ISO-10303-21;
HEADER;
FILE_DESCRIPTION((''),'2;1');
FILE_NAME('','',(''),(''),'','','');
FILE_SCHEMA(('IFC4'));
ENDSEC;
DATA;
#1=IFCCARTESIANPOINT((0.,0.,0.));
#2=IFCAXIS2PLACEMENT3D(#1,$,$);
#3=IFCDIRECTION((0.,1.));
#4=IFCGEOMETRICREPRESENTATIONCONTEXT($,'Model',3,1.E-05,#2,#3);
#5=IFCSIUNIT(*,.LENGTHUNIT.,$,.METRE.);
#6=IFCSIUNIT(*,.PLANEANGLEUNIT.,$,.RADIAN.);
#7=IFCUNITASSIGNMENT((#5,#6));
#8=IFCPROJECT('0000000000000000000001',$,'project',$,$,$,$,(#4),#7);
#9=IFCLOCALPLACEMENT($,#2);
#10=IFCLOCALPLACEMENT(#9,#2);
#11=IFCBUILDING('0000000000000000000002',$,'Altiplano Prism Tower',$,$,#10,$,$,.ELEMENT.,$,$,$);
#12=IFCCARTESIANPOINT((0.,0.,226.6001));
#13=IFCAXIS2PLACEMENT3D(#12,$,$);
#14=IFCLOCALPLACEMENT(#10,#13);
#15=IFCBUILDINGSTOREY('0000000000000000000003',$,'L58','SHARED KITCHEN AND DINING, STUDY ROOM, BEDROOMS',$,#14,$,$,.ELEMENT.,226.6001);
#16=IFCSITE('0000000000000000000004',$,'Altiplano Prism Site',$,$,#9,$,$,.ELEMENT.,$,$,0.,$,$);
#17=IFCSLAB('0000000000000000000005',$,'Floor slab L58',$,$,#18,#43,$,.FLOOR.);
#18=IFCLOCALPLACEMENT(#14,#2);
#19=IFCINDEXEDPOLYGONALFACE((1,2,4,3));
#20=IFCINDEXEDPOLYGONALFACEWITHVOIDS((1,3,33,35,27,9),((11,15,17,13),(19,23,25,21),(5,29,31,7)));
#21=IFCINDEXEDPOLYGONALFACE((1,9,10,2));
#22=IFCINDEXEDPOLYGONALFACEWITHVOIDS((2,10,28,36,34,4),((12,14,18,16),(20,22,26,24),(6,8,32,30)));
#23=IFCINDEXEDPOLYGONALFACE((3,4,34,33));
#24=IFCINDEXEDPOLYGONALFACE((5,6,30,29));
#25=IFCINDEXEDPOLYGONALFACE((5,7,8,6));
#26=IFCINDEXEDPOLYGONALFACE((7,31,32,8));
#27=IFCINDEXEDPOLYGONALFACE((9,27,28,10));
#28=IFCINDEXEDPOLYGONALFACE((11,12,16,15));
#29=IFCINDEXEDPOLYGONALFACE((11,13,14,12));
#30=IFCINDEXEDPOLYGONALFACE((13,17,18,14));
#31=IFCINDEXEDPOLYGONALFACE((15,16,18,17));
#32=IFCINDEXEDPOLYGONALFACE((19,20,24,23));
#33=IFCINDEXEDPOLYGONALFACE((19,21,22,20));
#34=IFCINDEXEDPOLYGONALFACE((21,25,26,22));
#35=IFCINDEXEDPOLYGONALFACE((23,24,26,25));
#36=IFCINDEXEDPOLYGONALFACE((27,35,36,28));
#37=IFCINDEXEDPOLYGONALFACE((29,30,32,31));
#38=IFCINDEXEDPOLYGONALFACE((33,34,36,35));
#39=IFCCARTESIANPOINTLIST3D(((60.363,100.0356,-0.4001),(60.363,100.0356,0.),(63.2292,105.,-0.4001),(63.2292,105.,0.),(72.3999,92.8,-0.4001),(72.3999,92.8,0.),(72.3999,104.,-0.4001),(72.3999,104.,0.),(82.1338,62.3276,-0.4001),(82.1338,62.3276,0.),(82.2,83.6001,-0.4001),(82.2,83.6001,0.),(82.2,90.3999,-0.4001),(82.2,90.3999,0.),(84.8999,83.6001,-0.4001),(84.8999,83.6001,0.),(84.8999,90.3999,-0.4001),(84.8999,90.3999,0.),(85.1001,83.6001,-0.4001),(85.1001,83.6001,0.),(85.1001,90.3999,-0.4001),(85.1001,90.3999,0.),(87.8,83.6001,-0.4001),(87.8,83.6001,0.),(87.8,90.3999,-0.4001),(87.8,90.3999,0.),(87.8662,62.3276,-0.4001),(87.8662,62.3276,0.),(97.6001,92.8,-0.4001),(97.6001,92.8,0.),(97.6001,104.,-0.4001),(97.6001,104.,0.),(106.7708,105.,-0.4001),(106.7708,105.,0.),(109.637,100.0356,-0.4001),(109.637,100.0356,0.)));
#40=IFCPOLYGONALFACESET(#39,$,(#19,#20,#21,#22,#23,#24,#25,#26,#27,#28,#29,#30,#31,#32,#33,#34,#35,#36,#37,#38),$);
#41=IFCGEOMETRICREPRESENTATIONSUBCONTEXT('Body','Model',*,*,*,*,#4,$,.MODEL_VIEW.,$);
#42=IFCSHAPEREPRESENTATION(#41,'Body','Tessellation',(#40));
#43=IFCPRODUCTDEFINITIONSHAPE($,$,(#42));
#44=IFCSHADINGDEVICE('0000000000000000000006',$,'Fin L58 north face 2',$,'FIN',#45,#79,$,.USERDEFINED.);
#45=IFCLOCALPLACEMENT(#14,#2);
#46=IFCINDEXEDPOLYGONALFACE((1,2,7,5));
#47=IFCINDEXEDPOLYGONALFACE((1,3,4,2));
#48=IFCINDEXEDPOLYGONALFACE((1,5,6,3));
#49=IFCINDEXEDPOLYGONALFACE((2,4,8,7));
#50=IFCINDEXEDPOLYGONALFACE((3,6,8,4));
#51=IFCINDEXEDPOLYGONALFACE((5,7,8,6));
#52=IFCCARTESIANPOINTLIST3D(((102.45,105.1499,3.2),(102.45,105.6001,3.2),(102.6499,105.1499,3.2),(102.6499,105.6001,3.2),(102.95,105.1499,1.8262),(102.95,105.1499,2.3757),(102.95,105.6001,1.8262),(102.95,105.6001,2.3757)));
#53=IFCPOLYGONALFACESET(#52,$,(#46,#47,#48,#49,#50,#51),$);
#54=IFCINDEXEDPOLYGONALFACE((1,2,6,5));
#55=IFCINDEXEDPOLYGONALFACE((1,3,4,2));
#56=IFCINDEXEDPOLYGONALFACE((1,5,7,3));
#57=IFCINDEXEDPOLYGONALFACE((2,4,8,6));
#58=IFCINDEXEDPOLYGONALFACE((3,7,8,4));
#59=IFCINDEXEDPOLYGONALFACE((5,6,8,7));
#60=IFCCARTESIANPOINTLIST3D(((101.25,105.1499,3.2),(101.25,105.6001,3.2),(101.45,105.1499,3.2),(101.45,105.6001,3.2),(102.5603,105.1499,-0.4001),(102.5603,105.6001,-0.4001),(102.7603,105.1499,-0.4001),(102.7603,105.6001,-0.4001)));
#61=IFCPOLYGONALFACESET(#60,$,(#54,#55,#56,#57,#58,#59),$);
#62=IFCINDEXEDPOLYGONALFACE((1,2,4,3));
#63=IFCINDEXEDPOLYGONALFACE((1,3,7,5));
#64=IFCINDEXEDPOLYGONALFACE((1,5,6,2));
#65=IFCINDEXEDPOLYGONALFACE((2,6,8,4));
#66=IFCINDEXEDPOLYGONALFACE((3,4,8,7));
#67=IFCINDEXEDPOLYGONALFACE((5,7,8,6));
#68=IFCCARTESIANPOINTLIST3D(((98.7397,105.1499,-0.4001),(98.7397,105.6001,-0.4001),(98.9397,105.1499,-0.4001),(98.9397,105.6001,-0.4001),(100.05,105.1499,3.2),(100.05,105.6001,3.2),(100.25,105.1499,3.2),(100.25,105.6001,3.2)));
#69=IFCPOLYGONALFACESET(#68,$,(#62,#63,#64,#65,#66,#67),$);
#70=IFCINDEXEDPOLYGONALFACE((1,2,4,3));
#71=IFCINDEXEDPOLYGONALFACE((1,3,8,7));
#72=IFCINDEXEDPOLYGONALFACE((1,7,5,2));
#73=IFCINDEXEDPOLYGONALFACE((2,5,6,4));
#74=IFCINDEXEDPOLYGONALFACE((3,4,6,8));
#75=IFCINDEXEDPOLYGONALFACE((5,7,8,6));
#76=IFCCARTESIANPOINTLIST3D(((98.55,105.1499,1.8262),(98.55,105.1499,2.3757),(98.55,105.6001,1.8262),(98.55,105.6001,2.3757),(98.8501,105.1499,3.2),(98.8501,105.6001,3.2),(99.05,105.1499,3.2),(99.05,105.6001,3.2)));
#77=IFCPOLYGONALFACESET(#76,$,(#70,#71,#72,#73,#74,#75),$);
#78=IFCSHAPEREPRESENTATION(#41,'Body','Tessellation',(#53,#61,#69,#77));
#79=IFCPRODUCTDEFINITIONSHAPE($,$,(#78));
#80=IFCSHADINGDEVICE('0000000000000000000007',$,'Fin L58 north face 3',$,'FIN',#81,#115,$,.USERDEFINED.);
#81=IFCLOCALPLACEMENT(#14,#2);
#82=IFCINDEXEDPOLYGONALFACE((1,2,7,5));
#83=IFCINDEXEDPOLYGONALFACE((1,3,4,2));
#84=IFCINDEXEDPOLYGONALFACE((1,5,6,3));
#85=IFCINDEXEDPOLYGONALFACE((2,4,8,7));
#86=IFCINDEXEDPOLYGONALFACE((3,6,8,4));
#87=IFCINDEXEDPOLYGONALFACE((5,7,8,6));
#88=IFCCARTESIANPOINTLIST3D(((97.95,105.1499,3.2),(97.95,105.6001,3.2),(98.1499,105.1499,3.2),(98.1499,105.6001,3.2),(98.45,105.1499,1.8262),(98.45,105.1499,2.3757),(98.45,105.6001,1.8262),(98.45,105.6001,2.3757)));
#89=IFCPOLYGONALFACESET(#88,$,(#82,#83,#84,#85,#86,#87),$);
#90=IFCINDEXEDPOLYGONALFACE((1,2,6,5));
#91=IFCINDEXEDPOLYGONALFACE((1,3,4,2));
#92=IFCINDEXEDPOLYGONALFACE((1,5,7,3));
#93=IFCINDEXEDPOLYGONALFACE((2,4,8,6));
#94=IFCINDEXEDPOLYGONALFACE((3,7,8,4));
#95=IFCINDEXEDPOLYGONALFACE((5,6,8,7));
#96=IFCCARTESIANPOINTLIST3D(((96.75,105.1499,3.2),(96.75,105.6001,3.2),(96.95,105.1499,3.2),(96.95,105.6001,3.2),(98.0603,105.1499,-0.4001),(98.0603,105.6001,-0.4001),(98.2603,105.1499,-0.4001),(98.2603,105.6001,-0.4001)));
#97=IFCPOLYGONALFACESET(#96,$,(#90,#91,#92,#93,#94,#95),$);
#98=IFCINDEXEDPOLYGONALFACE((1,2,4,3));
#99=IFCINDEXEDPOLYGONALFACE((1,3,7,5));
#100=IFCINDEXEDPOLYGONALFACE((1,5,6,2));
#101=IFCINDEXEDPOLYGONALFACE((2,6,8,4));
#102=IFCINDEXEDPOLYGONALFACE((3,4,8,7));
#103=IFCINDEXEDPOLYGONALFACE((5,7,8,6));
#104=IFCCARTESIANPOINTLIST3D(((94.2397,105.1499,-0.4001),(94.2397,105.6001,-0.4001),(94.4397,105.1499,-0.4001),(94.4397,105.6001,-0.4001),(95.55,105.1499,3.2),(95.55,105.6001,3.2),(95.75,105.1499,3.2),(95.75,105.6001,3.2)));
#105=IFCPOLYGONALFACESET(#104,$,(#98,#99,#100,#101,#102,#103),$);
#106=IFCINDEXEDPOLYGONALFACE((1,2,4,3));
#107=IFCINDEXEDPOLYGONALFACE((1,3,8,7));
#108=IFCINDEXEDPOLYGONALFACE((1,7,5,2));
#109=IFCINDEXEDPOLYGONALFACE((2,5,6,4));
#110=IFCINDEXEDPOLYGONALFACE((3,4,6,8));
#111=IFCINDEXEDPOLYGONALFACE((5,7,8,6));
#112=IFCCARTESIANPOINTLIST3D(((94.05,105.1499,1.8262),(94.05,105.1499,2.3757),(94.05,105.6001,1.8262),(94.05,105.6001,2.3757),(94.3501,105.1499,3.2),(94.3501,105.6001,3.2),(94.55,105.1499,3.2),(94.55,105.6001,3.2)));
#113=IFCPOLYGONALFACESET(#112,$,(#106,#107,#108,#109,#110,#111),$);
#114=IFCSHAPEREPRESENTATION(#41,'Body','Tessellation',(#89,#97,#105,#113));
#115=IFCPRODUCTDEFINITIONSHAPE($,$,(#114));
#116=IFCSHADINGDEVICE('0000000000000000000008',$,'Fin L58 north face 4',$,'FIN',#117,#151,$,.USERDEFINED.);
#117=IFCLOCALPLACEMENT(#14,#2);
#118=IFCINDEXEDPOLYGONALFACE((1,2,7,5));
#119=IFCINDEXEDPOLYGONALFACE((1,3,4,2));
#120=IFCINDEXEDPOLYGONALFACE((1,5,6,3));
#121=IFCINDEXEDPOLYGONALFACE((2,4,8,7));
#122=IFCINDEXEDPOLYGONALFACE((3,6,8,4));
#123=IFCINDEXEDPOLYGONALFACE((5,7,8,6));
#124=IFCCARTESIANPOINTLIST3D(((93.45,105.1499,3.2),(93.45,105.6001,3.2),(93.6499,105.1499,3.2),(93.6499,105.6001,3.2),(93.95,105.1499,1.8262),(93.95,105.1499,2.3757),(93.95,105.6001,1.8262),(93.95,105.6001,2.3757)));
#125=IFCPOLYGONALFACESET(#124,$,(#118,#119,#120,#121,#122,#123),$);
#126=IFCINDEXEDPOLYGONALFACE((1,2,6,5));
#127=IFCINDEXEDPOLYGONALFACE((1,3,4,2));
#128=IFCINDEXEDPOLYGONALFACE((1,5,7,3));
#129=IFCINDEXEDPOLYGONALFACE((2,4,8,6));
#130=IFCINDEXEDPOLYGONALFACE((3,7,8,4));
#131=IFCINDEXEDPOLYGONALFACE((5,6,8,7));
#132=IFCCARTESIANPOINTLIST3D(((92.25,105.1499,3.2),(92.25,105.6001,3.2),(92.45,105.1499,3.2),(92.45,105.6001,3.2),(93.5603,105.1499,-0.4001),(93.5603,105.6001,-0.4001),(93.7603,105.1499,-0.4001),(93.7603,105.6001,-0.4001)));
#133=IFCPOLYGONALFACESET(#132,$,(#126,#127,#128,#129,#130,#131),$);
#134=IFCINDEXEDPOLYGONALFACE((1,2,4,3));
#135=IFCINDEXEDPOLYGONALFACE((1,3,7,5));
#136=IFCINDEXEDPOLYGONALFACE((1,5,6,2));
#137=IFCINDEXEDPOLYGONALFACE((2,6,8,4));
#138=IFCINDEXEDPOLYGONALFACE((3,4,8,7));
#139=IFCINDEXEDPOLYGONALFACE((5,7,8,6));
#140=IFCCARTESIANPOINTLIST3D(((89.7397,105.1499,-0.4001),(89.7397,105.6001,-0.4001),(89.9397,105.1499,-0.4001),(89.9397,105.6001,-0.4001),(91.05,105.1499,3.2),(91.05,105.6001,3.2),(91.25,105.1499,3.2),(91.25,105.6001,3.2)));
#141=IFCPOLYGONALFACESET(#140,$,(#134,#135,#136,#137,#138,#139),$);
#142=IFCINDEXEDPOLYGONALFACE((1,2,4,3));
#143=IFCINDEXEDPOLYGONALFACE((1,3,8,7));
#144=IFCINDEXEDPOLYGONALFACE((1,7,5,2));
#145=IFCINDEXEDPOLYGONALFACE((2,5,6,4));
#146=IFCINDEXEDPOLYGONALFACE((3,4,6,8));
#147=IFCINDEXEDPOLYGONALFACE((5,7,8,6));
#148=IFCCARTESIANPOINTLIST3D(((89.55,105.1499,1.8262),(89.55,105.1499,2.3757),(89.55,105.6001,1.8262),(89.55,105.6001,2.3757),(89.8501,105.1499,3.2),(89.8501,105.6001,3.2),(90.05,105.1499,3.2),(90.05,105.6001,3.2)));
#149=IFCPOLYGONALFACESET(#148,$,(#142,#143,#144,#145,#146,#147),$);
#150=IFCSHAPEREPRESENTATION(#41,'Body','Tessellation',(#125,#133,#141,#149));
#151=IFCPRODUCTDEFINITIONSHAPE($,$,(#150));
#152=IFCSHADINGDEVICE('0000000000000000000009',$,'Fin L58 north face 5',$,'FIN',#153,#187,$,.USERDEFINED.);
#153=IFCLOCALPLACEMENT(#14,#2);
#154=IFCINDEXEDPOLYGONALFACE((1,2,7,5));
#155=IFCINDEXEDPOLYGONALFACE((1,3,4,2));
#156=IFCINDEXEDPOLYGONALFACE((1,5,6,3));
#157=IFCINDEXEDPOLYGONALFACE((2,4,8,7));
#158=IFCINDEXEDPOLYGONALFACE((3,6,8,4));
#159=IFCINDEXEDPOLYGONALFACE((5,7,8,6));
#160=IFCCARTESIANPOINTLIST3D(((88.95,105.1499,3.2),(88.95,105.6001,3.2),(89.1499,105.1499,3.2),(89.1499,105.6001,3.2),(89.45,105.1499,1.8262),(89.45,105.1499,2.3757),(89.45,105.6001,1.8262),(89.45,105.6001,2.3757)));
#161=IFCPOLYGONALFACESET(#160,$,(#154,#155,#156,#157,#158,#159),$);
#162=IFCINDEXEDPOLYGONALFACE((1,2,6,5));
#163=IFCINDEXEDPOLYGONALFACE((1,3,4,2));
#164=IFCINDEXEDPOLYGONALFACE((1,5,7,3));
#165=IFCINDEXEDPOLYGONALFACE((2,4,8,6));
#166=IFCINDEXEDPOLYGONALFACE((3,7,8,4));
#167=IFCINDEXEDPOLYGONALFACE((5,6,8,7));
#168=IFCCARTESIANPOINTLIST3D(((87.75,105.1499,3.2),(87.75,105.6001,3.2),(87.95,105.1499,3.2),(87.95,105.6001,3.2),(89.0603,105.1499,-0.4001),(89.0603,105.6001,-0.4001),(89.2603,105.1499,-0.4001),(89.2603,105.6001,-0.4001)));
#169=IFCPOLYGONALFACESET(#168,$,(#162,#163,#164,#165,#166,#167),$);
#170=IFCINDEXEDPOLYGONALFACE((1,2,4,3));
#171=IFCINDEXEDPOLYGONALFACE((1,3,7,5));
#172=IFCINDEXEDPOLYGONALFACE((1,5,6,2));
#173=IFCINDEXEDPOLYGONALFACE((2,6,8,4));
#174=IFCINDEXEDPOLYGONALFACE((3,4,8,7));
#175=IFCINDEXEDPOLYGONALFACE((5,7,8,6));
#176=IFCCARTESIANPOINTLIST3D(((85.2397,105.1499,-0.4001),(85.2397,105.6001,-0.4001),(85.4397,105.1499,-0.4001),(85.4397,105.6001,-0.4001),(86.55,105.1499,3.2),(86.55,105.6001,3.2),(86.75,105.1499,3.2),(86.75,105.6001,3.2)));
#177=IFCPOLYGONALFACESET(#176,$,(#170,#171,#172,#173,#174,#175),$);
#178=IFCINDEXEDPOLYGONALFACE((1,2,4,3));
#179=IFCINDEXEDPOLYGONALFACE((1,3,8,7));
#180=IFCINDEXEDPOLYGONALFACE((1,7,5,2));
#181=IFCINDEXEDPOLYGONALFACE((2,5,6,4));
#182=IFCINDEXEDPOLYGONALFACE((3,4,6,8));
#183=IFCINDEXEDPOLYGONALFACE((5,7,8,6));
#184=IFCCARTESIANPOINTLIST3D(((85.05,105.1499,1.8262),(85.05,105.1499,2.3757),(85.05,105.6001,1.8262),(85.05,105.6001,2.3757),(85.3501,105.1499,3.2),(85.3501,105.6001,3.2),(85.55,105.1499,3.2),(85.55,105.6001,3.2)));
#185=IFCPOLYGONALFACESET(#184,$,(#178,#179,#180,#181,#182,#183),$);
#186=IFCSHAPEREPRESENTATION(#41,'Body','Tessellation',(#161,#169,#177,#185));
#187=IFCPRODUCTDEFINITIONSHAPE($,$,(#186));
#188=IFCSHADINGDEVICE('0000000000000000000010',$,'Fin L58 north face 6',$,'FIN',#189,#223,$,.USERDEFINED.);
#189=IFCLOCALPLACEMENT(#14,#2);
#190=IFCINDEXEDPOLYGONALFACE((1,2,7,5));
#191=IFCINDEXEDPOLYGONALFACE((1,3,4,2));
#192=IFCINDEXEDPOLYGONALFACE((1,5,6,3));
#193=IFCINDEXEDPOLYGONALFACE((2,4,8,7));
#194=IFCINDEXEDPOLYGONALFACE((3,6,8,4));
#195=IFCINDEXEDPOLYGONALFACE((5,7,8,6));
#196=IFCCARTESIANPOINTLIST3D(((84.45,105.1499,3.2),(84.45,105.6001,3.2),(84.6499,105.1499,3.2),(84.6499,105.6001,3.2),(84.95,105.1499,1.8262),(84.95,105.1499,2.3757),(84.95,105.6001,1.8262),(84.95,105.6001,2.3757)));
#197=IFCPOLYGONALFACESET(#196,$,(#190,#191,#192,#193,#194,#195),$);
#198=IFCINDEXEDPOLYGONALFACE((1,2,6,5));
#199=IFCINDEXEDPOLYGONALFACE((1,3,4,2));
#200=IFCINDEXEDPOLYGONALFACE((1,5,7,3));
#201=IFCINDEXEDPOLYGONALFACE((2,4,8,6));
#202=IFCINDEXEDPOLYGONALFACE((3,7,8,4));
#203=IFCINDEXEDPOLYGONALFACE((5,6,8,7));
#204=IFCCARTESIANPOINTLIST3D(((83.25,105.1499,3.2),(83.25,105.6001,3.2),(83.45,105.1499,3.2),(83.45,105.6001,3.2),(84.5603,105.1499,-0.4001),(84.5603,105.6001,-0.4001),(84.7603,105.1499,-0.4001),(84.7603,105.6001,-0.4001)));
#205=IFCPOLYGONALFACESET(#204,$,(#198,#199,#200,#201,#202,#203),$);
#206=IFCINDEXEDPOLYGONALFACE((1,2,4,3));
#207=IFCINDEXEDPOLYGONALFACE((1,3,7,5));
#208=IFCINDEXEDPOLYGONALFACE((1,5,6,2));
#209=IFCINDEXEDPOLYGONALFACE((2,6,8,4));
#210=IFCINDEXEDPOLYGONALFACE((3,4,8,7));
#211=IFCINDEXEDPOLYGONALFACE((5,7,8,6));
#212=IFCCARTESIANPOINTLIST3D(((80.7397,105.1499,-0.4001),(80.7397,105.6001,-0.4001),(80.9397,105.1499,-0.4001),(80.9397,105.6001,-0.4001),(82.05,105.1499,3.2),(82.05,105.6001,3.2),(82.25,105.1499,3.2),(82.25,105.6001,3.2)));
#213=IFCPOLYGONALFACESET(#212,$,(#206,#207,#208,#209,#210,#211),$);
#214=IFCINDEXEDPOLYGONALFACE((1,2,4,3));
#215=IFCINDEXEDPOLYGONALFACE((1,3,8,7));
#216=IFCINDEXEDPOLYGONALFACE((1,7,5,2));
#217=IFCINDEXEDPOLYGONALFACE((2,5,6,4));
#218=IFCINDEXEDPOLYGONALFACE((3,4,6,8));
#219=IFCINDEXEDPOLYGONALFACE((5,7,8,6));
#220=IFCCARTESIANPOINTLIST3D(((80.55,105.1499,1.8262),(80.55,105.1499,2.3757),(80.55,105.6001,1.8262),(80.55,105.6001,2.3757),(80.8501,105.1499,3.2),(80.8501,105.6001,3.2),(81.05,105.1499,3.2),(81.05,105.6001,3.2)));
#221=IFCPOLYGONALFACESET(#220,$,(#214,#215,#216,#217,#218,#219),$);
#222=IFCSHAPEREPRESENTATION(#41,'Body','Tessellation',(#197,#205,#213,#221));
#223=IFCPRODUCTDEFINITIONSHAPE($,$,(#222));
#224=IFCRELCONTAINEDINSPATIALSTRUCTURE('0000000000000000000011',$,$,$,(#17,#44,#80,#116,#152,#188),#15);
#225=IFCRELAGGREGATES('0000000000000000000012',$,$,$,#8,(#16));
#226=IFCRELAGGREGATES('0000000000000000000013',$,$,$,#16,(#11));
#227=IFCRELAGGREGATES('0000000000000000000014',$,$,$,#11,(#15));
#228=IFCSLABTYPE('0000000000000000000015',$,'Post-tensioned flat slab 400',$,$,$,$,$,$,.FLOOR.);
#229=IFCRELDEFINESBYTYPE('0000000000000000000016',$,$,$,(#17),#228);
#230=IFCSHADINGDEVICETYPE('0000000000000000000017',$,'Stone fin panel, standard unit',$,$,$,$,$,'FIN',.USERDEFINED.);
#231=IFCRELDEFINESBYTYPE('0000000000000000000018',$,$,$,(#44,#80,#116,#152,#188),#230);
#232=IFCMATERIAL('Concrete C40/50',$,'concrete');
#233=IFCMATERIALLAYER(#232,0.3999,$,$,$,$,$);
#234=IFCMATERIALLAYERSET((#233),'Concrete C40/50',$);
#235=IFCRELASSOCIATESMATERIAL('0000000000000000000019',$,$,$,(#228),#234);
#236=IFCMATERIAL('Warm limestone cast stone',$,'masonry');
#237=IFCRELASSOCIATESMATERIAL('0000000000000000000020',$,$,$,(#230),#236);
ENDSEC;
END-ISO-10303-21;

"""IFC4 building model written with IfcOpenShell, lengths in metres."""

from ifc_helpers import new_model, si_unit, direction, frame, origin, place, context, subcontext, project, spatial, polyline, outline, extrude, source, transform, mapped, material, layer, layer_set, type_object, element, save


model = new_model("IFC4")

# Units and contexts
model_context = context("Model", 3, precision=1e-05, world=origin(), true_north=direction((0.0, 1.0)))
body_context = subcontext(model_context, "Body", "Model", "MODEL_VIEW")
ifc_project = project(units=[si_unit("LENGTHUNIT", "METRE"), si_unit("PLANEANGLEUNIT", "RADIAN")], contexts=[model_context])

# Site, building, storey
site_placement = place(None, origin())
site = spatial("IfcSite", under=ifc_project, at=site_placement, Name="Altiplano Prism Site", CompositionType="ELEMENT", RefElevation=0.0)
building_placement = place(site_placement, origin())
building = spatial("IfcBuilding", under=site, at=building_placement, Name="Altiplano Prism Tower", CompositionType="ELEMENT")
storey_placement = place(building_placement, frame((0.0, 0.0, 226.6001)))
storey = spatial("IfcBuildingStorey", under=building, at=storey_placement, Name="L58", Description="SHARED KITCHEN AND DINING, STUDY ROOM, BEDROOMS", CompositionType="ELEMENT", Elevation=226.6001)

# Slab
ifc_material_1 = material(Name="Concrete C40/50", Category="concrete")
ifc_layer = layer(ifc_material_1, 0.3999)
ifc_layer_set = layer_set([ifc_layer], Name="Concrete C40/50")
slab_type = type_object("IfcSlabType", Name="Post-tensioned flat slab 400", PredefinedType="FLOOR", material=ifc_layer_set)
slab_placement = place(storey_placement, frame((0.0, 0.0, -0.4001)))
element("IfcSlab", 1, at=slab_placement, inside=storey, type_object=slab_type, Name="Floor slab L58", PredefinedType="FLOOR", context=body_context, shape_type="SweptSolid", body=[
    extrude(outline(polyline([(82.1338, 62.3276), (60.363, 100.0356), (63.2292, 105.0), (106.7708, 105.0), (109.637, 100.0356), (87.8662, 62.3276), (82.1338, 62.3276)]), holes=[polyline([(72.3999, 104.0), (72.3999, 92.8), (97.6001, 92.8), (97.6001, 104.0), (72.3999, 104.0)]), polyline([(84.8999, 90.3999), (82.2, 90.3999), (82.2, 83.6001), (84.8999, 83.6001), (84.8999, 90.3999)]), polyline([(87.8, 83.6001), (87.8, 90.3999), (85.1001, 90.3999), (85.1001, 83.6001), (87.8, 83.6001)])]), origin(), (0.0, 0.0, 1.0), 0.4001),
])

# Shading devices
ifc_material_2 = material(Name="Warm limestone cast stone", Category="masonry")
shading_device_type_1 = type_object("IfcShadingDeviceType", Name="Stone fin panel, standard unit", ElementType="FIN", PredefinedType="USERDEFINED", material=ifc_material_2)
shared_shape_1 = source(origin(), body_context, "Body", "SweptSolid", [
    extrude(outline(polyline([(-2.2, 2.2263), (-1.7, 3.6001), (-1.8999, 3.6001), (-2.2, 2.7759), (-2.2, 2.2263)])), frame((0.0, -0.1499, 0.0), z_axis=(0.0, -1.0, 0.0), x_axis=(1.0, 0.0, 0.0)), (0.0, 0.0, 1.0), 0.4502),
    extrude(outline(polyline([(-2.0103, 0.0), (-1.8103, 0.0), (-0.5, 3.6001), (-0.7, 3.6001), (-2.0103, 0.0)])), frame((0.0, -0.1499, 0.0), z_axis=(0.0, -1.0, 0.0), x_axis=(1.0, 0.0, 0.0)), (0.0, 0.0, 1.0), 0.4502),
    extrude(outline(polyline([(1.8103, 0.0), (2.0103, 0.0), (0.7, 3.6001), (0.5, 3.6001), (1.8103, 0.0)])), frame((0.0, -0.1499, 0.0), z_axis=(0.0, -1.0, 0.0), x_axis=(1.0, 0.0, 0.0)), (0.0, 0.0, 1.0), 0.4502),
    extrude(outline(polyline([(2.2, 2.7759), (1.8999, 3.6001), (1.7, 3.6001), (2.2, 2.2263), (2.2, 2.7759)])), frame((0.0, -0.1499, 0.0), z_axis=(0.0, -1.0, 0.0), x_axis=(1.0, 0.0, 0.0)), (0.0, 0.0, 1.0), 0.4502),
])
shading_device_1_placement = place(storey_placement, origin())
element("IfcShadingDevice", 2, at=shading_device_1_placement, inside=storey, type_object=shading_device_type_1, Name="Fin L58 north face 2", ObjectType="FIN", PredefinedType="USERDEFINED", context=body_context, shape_type="MappedRepresentation", body=[
    mapped(shared_shape_1, transform((100.75, 105.0, -0.4001), x_axis=(-1.0, 0.0, 0.0), y_axis=(0.0, -1.0, 0.0), z_axis=(0.0, 0.0, 1.0))),
])
shading_device_2_placement = place(storey_placement, origin())
element("IfcShadingDevice", 3, at=shading_device_2_placement, inside=storey, type_object=shading_device_type_1, Name="Fin L58 north face 3", ObjectType="FIN", PredefinedType="USERDEFINED", context=body_context, shape_type="MappedRepresentation", body=[
    mapped(shared_shape_1, transform((96.25, 105.0, -0.4001), x_axis=(-1.0, 0.0, 0.0), y_axis=(0.0, -1.0, 0.0), z_axis=(0.0, 0.0, 1.0))),
])
shading_device_3_placement = place(storey_placement, origin())
element("IfcShadingDevice", 4, at=shading_device_3_placement, inside=storey, type_object=shading_device_type_1, Name="Fin L58 north face 4", ObjectType="FIN", PredefinedType="USERDEFINED", context=body_context, shape_type="MappedRepresentation", body=[
    mapped(shared_shape_1, transform((91.75, 105.0, -0.4001), x_axis=(-1.0, 0.0, 0.0), y_axis=(0.0, -1.0, 0.0), z_axis=(0.0, 0.0, 1.0))),
])
shading_device_4_placement = place(storey_placement, origin())
element("IfcShadingDevice", 5, at=shading_device_4_placement, inside=storey, type_object=shading_device_type_1, Name="Fin L58 north face 5", ObjectType="FIN", PredefinedType="USERDEFINED", context=body_context, shape_type="MappedRepresentation", body=[
    mapped(shared_shape_1, transform((87.25, 105.0, -0.4001), x_axis=(-1.0, 0.0, 0.0), y_axis=(0.0, -1.0, 0.0), z_axis=(0.0, 0.0, 1.0))),
])
shading_device_5_placement = place(storey_placement, origin())
element("IfcShadingDevice", 6, at=shading_device_5_placement, inside=storey, type_object=shading_device_type_1, Name="Fin L58 north face 6", ObjectType="FIN", PredefinedType="USERDEFINED", context=body_context, shape_type="MappedRepresentation", body=[
    mapped(shared_shape_1, transform((82.75, 105.0, -0.4001), x_axis=(-1.0, 0.0, 0.0), y_axis=(0.0, -1.0, 0.0), z_axis=(0.0, 0.0, 1.0))),
])

save(model, "model.ifc")
